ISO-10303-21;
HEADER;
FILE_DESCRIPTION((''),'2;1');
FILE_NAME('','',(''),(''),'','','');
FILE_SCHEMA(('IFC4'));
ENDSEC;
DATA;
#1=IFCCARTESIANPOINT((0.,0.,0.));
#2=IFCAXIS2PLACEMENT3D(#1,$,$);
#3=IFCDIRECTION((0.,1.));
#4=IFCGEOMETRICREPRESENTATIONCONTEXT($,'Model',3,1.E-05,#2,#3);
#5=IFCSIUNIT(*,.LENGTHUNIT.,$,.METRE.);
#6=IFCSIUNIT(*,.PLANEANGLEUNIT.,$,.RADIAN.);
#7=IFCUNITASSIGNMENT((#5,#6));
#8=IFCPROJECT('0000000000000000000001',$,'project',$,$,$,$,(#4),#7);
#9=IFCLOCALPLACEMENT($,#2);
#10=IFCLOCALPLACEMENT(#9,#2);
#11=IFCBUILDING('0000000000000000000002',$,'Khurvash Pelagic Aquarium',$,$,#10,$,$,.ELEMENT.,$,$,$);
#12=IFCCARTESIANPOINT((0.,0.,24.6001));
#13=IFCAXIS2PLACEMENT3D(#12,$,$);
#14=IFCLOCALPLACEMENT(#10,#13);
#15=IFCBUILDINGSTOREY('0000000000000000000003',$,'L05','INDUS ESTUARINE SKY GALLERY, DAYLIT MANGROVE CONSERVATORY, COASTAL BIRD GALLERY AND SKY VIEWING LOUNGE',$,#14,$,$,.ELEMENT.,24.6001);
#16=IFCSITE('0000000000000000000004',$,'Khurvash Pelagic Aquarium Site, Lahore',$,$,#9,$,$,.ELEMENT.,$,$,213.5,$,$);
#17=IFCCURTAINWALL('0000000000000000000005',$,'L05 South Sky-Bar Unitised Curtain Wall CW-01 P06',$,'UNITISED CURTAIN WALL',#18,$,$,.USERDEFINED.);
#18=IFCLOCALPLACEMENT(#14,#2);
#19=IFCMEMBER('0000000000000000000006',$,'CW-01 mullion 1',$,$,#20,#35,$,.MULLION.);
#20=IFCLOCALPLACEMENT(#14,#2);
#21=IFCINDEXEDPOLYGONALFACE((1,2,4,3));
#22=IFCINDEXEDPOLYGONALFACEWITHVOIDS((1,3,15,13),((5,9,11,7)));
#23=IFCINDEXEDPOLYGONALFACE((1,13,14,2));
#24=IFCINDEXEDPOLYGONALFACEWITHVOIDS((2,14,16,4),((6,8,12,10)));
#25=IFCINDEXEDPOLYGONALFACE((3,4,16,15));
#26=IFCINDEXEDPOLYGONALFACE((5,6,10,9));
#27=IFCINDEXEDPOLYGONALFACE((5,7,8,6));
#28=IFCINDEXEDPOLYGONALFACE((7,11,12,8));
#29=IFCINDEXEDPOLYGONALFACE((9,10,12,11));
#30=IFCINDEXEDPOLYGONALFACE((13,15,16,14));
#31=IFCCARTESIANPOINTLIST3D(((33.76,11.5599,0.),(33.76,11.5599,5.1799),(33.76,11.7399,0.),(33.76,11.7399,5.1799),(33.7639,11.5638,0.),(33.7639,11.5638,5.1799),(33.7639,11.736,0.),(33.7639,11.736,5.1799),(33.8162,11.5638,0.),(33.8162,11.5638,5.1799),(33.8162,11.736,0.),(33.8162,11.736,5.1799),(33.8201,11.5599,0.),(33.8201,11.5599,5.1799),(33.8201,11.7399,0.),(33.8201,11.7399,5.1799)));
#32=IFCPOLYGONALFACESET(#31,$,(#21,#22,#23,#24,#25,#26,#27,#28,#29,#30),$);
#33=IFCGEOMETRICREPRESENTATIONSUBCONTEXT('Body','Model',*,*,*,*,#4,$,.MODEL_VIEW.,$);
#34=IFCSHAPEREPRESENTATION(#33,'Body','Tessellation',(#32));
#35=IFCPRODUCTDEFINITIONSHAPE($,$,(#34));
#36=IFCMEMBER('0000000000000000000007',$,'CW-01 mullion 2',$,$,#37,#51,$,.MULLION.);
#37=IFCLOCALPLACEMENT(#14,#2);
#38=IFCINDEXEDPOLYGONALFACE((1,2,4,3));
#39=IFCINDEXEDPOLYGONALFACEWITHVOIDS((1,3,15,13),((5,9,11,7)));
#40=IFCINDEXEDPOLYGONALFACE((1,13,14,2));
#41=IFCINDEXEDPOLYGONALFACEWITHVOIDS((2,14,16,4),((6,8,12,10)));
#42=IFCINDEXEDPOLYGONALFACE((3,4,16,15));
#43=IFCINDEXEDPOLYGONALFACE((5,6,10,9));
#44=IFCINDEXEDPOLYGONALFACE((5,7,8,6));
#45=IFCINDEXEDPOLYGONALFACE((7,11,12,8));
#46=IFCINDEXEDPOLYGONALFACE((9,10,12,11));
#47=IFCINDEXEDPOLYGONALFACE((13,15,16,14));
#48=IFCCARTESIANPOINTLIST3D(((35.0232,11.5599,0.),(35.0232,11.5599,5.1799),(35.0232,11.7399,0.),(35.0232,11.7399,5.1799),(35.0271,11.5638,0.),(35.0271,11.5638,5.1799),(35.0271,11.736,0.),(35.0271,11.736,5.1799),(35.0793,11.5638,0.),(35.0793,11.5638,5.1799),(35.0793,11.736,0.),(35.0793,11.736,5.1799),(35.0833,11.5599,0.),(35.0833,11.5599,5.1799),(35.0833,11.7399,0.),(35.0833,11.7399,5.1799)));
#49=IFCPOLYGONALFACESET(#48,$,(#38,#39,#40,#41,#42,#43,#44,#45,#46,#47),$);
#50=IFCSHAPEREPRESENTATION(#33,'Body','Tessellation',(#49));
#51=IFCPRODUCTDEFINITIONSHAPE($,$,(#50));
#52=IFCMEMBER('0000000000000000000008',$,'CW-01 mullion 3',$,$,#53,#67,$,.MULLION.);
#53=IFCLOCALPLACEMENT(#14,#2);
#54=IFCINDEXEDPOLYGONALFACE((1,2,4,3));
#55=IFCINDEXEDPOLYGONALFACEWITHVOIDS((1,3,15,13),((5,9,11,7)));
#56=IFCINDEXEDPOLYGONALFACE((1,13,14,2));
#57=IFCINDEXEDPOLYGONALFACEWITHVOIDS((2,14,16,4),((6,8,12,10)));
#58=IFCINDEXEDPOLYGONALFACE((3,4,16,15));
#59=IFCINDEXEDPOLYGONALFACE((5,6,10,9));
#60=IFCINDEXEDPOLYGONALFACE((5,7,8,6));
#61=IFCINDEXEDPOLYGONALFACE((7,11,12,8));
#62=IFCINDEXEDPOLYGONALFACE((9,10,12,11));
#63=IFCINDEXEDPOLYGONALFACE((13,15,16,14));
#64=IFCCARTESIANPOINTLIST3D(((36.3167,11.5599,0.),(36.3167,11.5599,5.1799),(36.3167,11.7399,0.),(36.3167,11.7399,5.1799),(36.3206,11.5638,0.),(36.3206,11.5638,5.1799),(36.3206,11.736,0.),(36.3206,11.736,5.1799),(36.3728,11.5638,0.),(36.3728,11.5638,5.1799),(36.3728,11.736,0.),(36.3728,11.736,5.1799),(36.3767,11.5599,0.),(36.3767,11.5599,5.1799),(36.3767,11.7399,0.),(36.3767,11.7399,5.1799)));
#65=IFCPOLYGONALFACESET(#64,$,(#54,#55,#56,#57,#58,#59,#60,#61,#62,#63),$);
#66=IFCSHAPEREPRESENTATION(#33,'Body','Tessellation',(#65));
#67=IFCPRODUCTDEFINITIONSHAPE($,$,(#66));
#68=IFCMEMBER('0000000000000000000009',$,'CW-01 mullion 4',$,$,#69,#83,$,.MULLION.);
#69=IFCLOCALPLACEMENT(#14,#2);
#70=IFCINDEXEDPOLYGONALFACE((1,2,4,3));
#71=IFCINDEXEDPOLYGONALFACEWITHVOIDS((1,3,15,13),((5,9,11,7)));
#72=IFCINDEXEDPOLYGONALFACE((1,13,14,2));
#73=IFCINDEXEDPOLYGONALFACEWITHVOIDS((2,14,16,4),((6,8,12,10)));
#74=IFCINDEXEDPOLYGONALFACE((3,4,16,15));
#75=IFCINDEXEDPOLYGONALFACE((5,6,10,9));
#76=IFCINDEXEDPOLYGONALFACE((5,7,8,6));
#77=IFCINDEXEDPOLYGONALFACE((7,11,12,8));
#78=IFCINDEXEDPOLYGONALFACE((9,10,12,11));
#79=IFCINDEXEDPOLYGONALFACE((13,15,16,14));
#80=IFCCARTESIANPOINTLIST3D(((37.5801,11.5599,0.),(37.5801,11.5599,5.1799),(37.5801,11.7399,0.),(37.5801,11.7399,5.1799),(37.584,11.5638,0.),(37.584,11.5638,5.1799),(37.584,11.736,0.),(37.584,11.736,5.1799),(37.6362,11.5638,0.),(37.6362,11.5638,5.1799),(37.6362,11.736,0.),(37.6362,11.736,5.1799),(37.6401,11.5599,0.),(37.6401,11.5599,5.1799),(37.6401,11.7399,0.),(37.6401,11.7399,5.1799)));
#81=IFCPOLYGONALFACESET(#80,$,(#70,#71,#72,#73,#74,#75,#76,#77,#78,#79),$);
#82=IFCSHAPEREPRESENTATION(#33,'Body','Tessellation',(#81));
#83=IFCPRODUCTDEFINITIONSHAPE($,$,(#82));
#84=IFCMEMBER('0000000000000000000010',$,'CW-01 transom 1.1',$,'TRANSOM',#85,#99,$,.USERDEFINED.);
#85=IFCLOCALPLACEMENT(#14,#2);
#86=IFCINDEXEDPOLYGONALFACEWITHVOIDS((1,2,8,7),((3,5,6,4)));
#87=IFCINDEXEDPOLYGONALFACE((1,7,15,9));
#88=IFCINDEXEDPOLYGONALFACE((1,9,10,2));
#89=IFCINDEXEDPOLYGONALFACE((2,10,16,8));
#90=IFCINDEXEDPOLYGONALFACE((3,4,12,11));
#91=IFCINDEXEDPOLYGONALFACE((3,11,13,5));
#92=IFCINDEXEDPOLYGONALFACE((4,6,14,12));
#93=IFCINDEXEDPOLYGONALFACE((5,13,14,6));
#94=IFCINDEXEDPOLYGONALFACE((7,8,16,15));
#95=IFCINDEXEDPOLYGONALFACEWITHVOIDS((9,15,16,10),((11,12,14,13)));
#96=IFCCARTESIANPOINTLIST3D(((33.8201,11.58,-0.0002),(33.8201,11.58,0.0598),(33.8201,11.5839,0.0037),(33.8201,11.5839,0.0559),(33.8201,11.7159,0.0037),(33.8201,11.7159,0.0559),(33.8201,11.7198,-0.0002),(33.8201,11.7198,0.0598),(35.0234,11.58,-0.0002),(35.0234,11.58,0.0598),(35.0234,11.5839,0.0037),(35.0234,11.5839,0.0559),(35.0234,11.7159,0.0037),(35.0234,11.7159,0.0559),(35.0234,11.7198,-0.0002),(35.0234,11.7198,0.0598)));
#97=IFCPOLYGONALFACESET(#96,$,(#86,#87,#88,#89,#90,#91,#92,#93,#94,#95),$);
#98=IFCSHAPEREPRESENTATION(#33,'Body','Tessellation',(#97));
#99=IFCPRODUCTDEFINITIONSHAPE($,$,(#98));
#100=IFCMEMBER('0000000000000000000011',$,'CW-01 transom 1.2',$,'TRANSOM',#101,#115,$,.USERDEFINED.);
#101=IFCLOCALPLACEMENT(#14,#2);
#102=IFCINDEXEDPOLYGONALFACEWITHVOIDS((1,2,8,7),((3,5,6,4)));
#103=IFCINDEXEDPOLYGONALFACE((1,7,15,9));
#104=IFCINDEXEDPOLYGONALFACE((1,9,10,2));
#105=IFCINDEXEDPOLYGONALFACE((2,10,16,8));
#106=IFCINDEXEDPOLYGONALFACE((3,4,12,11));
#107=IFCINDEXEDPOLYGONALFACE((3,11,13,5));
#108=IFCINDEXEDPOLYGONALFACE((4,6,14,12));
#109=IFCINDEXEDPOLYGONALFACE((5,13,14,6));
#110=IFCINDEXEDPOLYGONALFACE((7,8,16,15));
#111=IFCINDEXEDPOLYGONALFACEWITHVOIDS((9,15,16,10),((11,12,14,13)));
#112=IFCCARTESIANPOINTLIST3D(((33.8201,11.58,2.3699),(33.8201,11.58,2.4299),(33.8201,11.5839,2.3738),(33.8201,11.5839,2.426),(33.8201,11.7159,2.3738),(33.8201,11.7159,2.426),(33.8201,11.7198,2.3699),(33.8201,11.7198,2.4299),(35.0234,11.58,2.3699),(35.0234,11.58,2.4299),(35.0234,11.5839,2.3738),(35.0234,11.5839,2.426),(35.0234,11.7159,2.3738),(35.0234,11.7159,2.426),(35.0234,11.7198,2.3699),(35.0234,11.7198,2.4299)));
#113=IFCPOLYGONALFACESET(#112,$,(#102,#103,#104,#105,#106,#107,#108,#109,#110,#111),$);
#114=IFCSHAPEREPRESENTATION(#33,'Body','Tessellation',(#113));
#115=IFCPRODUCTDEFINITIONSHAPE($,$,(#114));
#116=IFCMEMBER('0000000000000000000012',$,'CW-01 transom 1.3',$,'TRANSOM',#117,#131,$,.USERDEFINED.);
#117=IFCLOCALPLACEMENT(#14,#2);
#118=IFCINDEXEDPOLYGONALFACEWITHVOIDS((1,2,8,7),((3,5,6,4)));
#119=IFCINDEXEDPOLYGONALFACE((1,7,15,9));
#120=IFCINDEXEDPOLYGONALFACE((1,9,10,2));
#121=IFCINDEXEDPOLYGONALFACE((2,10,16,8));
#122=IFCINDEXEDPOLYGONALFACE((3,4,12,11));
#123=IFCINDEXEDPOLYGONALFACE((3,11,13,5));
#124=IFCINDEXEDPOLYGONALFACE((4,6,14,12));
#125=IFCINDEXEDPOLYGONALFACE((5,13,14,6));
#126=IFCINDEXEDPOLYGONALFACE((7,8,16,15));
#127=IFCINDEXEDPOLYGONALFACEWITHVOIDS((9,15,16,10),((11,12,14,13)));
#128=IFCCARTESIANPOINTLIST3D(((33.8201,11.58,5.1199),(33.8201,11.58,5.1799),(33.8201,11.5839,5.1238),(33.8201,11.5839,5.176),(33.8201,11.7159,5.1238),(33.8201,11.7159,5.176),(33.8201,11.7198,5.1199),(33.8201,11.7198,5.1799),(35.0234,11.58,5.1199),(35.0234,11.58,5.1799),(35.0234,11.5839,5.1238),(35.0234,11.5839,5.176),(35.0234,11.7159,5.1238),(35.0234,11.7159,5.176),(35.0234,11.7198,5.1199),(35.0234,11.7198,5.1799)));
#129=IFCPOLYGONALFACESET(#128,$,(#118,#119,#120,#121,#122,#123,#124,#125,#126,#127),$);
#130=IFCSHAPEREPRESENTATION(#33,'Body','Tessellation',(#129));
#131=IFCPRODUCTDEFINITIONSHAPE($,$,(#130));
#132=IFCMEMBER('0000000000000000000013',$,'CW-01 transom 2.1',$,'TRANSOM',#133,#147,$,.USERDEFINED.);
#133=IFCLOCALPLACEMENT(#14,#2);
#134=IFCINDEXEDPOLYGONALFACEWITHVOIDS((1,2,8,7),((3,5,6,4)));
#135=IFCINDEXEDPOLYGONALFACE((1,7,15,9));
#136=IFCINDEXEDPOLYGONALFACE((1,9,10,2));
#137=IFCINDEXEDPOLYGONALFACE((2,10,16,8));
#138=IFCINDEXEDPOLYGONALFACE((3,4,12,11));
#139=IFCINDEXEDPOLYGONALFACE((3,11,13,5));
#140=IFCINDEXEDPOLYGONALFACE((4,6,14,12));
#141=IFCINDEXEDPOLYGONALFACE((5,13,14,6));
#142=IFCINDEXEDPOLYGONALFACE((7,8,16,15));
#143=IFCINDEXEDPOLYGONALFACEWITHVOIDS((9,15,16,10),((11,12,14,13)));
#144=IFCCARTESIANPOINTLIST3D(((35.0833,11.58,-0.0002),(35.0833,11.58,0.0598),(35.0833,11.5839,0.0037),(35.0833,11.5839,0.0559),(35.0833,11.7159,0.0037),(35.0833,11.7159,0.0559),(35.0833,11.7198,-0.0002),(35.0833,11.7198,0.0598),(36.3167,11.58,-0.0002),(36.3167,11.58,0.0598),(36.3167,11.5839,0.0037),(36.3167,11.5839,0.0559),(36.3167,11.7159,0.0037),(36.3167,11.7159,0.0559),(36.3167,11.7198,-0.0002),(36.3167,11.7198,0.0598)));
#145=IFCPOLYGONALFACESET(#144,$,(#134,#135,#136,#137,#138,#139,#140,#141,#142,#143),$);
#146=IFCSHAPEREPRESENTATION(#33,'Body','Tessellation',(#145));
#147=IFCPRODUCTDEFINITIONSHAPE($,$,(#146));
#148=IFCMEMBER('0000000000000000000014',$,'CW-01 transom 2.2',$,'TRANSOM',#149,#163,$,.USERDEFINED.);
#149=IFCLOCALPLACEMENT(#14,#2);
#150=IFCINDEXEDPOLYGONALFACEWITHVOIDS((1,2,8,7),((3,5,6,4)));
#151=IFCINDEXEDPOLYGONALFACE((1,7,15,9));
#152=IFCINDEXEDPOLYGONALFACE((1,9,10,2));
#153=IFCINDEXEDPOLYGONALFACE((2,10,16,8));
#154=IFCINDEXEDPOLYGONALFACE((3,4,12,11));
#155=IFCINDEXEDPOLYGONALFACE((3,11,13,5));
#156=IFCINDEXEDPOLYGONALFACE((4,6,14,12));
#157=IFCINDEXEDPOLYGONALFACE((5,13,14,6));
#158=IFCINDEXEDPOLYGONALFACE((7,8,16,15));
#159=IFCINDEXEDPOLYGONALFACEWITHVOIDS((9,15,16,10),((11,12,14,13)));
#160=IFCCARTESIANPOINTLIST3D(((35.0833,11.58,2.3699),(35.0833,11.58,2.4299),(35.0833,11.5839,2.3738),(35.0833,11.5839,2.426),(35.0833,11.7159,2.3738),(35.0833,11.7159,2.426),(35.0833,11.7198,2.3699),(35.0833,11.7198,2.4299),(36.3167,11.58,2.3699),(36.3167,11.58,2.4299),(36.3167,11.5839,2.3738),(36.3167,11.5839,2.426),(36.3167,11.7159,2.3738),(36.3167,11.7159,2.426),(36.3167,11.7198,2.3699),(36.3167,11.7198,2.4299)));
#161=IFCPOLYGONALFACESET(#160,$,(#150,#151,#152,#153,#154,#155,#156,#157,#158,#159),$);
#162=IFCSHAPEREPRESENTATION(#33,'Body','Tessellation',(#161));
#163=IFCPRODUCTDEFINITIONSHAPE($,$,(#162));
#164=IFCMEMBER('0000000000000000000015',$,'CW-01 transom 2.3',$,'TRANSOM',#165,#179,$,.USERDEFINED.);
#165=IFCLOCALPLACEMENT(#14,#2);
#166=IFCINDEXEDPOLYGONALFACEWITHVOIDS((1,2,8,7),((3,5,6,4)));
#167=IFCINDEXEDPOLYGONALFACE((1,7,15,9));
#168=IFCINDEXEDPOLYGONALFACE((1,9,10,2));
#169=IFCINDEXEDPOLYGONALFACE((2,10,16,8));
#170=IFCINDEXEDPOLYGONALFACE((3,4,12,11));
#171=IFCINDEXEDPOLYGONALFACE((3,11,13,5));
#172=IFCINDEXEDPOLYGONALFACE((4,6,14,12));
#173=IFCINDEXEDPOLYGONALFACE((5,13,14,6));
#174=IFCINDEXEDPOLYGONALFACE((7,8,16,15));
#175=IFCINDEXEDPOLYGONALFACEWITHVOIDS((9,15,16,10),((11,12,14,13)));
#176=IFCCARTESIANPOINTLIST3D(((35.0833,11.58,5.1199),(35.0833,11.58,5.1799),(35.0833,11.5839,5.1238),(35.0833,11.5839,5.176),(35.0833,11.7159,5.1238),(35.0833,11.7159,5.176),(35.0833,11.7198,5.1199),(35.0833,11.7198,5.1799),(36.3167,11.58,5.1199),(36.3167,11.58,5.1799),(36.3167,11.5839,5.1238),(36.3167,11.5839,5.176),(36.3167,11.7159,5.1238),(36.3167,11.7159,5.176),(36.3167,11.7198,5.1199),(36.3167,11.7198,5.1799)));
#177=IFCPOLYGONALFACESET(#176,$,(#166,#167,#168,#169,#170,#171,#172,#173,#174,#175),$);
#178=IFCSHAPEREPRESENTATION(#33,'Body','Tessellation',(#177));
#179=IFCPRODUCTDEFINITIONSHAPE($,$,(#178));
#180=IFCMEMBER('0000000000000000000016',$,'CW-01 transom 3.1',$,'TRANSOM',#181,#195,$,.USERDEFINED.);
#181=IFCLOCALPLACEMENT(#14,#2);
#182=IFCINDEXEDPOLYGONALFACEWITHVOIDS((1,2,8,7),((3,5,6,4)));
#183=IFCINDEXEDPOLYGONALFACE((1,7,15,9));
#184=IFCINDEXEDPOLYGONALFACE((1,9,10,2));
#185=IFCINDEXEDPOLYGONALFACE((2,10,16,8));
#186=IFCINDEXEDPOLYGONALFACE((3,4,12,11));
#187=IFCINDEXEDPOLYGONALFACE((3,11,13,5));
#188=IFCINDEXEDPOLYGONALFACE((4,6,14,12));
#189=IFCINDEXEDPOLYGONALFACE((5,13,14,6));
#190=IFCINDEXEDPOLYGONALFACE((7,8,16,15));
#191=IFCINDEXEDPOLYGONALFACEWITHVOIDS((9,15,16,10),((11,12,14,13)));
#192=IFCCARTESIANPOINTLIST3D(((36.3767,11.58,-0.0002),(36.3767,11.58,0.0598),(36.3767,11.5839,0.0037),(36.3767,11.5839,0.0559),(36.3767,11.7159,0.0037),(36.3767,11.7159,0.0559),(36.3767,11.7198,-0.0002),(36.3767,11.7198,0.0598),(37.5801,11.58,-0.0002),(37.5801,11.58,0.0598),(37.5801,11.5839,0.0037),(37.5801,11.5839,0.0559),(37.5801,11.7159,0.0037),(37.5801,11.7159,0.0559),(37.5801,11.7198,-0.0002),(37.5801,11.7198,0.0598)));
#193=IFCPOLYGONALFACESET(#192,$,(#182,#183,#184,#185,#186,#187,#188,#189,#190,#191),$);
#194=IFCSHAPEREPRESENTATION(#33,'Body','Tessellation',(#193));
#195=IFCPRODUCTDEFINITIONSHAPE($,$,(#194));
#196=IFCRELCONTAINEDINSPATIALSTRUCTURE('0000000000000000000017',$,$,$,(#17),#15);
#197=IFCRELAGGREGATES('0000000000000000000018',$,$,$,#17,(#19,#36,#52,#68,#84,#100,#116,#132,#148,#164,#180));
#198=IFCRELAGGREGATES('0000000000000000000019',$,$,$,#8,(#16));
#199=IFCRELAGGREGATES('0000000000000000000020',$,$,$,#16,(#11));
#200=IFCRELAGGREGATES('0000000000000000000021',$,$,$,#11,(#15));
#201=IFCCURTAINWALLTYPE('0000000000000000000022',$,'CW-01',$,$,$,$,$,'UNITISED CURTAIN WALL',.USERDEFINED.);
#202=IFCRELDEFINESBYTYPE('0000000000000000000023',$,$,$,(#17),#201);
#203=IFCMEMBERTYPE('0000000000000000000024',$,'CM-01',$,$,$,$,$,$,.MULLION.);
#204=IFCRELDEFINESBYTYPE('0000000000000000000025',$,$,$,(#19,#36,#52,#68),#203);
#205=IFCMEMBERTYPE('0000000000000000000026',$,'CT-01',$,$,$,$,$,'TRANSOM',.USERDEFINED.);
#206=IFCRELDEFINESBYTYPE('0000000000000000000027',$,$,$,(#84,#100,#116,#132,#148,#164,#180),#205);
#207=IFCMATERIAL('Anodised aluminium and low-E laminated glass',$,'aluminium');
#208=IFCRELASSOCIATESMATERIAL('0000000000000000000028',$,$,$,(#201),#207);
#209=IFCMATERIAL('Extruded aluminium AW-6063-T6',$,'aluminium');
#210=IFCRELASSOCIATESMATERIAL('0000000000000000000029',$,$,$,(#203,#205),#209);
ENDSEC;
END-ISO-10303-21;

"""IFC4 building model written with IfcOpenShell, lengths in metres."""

from ifc_helpers import new_model, si_unit, direction, frame, origin, origin_2d, place, context, subcontext, project, spatial, hollow_rectangle, extrude, material, material_profile, profile_set, type_object, element, aggregate, save


model = new_model("IFC4")

# Units and contexts
model_context = context("Model", 3, precision=1e-05, world=origin(), true_north=direction((0.0, 1.0)))
body_context = subcontext(model_context, "Body", "Model", "MODEL_VIEW")
ifc_project = project(units=[si_unit("LENGTHUNIT", "METRE"), si_unit("PLANEANGLEUNIT", "RADIAN")], contexts=[model_context])

# Site, building, storey
site_placement = place(None, origin())
site = spatial("IfcSite", under=ifc_project, at=site_placement, Name="Khurvash Pelagic Aquarium Site, Lahore", CompositionType="ELEMENT", RefElevation=213.5)
building_placement = place(site_placement, origin())
building = spatial("IfcBuilding", under=site, at=building_placement, Name="Khurvash Pelagic Aquarium", CompositionType="ELEMENT")
storey_placement = place(building_placement, frame((0.0, 0.0, 24.6001)))
storey = spatial("IfcBuildingStorey", under=building, at=storey_placement, Name="L05", Description="INDUS ESTUARINE SKY GALLERY, DAYLIT MANGROVE CONSERVATORY, COASTAL BIRD GALLERY AND SKY VIEWING LOUNGE", CompositionType="ELEMENT", Elevation=24.6001)

# Curtain wall, members
ifc_material_1 = material(Name="Anodised aluminium and low-E laminated glass", Category="aluminium")
curtain_wall_type = type_object("IfcCurtainWallType", Name="CW-01", ElementType="UNITISED CURTAIN WALL", PredefinedType="USERDEFINED", material=ifc_material_1)
curtain_wall_placement = place(storey_placement, origin())
curtain_wall = element("IfcCurtainWall", 1, at=curtain_wall_placement, inside=storey, type_object=curtain_wall_type, Name="L05 South Sky-Bar Unitised Curtain Wall CW-01 P06", ObjectType="UNITISED CURTAIN WALL", PredefinedType="USERDEFINED")
ifc_material_2 = material(Name="Extruded aluminium AW-6063-T6", Category="aluminium")
ifc_material_profile_1 = material_profile(ifc_material_2, hollow_rectangle(XDim=0.0601, YDim=0.1799, WallThickness=0.0039, at=origin_2d()), Name="CWM60X180X4")
ifc_profile_set_1 = profile_set([ifc_material_profile_1], Name="Extruded aluminium AW-6063-T6")
member_type_1 = type_object("IfcMemberType", Name="CM-01", PredefinedType="MULLION", material=ifc_profile_set_1)
member_1_placement = place(storey_placement, frame((33.79, 11.6499, 0.0), z_axis=(0.0, 0.0, 1.0), x_axis=(1.0, 0.0, 0.0)))
member_1 = element("IfcMember", 2, at=member_1_placement, type_object=member_type_1, Name="CW-01 mullion 1", PredefinedType="MULLION", context=body_context, shape_type="SweptSolid", body=[
    extrude(hollow_rectangle(XDim=0.0601, YDim=0.1799, WallThickness=0.0039, at=origin_2d()), origin(), (0.0, 0.0, 1.0), 5.1799),
])
member_2_placement = place(storey_placement, frame((35.0532, 11.6499, 0.0), z_axis=(0.0, 0.0, 1.0), x_axis=(1.0, 0.0, 0.0)))
member_2 = element("IfcMember", 3, at=member_2_placement, type_object=member_type_1, Name="CW-01 mullion 2", PredefinedType="MULLION", context=body_context, shape_type="SweptSolid", body=[
    extrude(hollow_rectangle(XDim=0.0601, YDim=0.1799, WallThickness=0.0039, at=origin_2d()), origin(), (0.0, 0.0, 1.0), 5.1799),
])
member_3_placement = place(storey_placement, frame((36.3467, 11.6499, 0.0), z_axis=(0.0, 0.0, 1.0), x_axis=(1.0, 0.0, 0.0)))
member_3 = element("IfcMember", 4, at=member_3_placement, type_object=member_type_1, Name="CW-01 mullion 3", PredefinedType="MULLION", context=body_context, shape_type="SweptSolid", body=[
    extrude(hollow_rectangle(XDim=0.0601, YDim=0.1799, WallThickness=0.0039, at=origin_2d()), origin(), (0.0, 0.0, 1.0), 5.1799),
])
member_4_placement = place(storey_placement, frame((37.6101, 11.6499, 0.0), z_axis=(0.0, 0.0, 1.0), x_axis=(1.0, 0.0, 0.0)))
member_4 = element("IfcMember", 5, at=member_4_placement, type_object=member_type_1, Name="CW-01 mullion 4", PredefinedType="MULLION", context=body_context, shape_type="SweptSolid", body=[
    extrude(hollow_rectangle(XDim=0.0601, YDim=0.1799, WallThickness=0.0039, at=origin_2d()), origin(), (0.0, 0.0, 1.0), 5.1799),
])
ifc_material_profile_2 = material_profile(ifc_material_2, hollow_rectangle(XDim=0.1399, YDim=0.0601, WallThickness=0.0039, at=origin_2d()), Name="CWT140X60X4")
ifc_profile_set_2 = profile_set([ifc_material_profile_2], Name="Extruded aluminium AW-6063-T6")
member_type_2 = type_object("IfcMemberType", Name="CT-01", ElementType="TRANSOM", PredefinedType="USERDEFINED", material=ifc_profile_set_2)
member_5_placement = place(storey_placement, frame((33.8201, 11.6499, 0.0298), z_axis=(1.0, 0.0, 0.0), x_axis=(0.0, 1.0, 0.0)))
member_5 = element("IfcMember", 6, at=member_5_placement, type_object=member_type_2, Name="CW-01 transom 1.1", ObjectType="TRANSOM", PredefinedType="USERDEFINED", context=body_context, shape_type="SweptSolid", body=[
    extrude(hollow_rectangle(XDim=0.1399, YDim=0.0601, WallThickness=0.0039, at=origin_2d()), origin(), (0.0, 0.0, 1.0), 1.2034),
])
member_6_placement = place(storey_placement, frame((33.8201, 11.6499, 2.3999), z_axis=(1.0, 0.0, 0.0), x_axis=(0.0, 1.0, 0.0)))
member_6 = element("IfcMember", 7, at=member_6_placement, type_object=member_type_2, Name="CW-01 transom 1.2", ObjectType="TRANSOM", PredefinedType="USERDEFINED", context=body_context, shape_type="SweptSolid", body=[
    extrude(hollow_rectangle(XDim=0.1399, YDim=0.0601, WallThickness=0.0039, at=origin_2d()), origin(), (0.0, 0.0, 1.0), 1.2034),
])
member_7_placement = place(storey_placement, frame((33.8201, 11.6499, 5.1499), z_axis=(1.0, 0.0, 0.0), x_axis=(0.0, 1.0, 0.0)))
member_7 = element("IfcMember", 8, at=member_7_placement, type_object=member_type_2, Name="CW-01 transom 1.3", ObjectType="TRANSOM", PredefinedType="USERDEFINED", context=body_context, shape_type="SweptSolid", body=[
    extrude(hollow_rectangle(XDim=0.1399, YDim=0.0601, WallThickness=0.0039, at=origin_2d()), origin(), (0.0, 0.0, 1.0), 1.2034),
])
member_8_placement = place(storey_placement, frame((35.0833, 11.6499, 0.0298), z_axis=(1.0, 0.0, 0.0), x_axis=(0.0, 1.0, 0.0)))
member_8 = element("IfcMember", 9, at=member_8_placement, type_object=member_type_2, Name="CW-01 transom 2.1", ObjectType="TRANSOM", PredefinedType="USERDEFINED", context=body_context, shape_type="SweptSolid", body=[
    extrude(hollow_rectangle(XDim=0.1399, YDim=0.0601, WallThickness=0.0039, at=origin_2d()), origin(), (0.0, 0.0, 1.0), 1.2334),
])
member_9_placement = place(storey_placement, frame((35.0833, 11.6499, 2.3999), z_axis=(1.0, 0.0, 0.0), x_axis=(0.0, 1.0, 0.0)))
member_9 = element("IfcMember", 10, at=member_9_placement, type_object=member_type_2, Name="CW-01 transom 2.2", ObjectType="TRANSOM", PredefinedType="USERDEFINED", context=body_context, shape_type="SweptSolid", body=[
    extrude(hollow_rectangle(XDim=0.1399, YDim=0.0601, WallThickness=0.0039, at=origin_2d()), origin(), (0.0, 0.0, 1.0), 1.2334),
])
member_10_placement = place(storey_placement, frame((35.0833, 11.6499, 5.1499), z_axis=(1.0, 0.0, 0.0), x_axis=(0.0, 1.0, 0.0)))
member_10 = element("IfcMember", 11, at=member_10_placement, type_object=member_type_2, Name="CW-01 transom 2.3", ObjectType="TRANSOM", PredefinedType="USERDEFINED", context=body_context, shape_type="SweptSolid", body=[
    extrude(hollow_rectangle(XDim=0.1399, YDim=0.0601, WallThickness=0.0039, at=origin_2d()), origin(), (0.0, 0.0, 1.0), 1.2334),
])
member_11_placement = place(storey_placement, frame((36.3767, 11.6499, 0.0298), z_axis=(1.0, 0.0, 0.0), x_axis=(0.0, 1.0, 0.0)))
member_11 = element("IfcMember", 12, at=member_11_placement, type_object=member_type_2, Name="CW-01 transom 3.1", ObjectType="TRANSOM", PredefinedType="USERDEFINED", context=body_context, shape_type="SweptSolid", body=[
    extrude(hollow_rectangle(XDim=0.1399, YDim=0.0601, WallThickness=0.0039, at=origin_2d()), origin(), (0.0, 0.0, 1.0), 1.2034),
])

aggregate(curtain_wall, [member_1, member_2, member_3, member_4, member_5, member_6, member_7, member_8, member_9, member_10, member_11])

save(model, "model.ifc")
